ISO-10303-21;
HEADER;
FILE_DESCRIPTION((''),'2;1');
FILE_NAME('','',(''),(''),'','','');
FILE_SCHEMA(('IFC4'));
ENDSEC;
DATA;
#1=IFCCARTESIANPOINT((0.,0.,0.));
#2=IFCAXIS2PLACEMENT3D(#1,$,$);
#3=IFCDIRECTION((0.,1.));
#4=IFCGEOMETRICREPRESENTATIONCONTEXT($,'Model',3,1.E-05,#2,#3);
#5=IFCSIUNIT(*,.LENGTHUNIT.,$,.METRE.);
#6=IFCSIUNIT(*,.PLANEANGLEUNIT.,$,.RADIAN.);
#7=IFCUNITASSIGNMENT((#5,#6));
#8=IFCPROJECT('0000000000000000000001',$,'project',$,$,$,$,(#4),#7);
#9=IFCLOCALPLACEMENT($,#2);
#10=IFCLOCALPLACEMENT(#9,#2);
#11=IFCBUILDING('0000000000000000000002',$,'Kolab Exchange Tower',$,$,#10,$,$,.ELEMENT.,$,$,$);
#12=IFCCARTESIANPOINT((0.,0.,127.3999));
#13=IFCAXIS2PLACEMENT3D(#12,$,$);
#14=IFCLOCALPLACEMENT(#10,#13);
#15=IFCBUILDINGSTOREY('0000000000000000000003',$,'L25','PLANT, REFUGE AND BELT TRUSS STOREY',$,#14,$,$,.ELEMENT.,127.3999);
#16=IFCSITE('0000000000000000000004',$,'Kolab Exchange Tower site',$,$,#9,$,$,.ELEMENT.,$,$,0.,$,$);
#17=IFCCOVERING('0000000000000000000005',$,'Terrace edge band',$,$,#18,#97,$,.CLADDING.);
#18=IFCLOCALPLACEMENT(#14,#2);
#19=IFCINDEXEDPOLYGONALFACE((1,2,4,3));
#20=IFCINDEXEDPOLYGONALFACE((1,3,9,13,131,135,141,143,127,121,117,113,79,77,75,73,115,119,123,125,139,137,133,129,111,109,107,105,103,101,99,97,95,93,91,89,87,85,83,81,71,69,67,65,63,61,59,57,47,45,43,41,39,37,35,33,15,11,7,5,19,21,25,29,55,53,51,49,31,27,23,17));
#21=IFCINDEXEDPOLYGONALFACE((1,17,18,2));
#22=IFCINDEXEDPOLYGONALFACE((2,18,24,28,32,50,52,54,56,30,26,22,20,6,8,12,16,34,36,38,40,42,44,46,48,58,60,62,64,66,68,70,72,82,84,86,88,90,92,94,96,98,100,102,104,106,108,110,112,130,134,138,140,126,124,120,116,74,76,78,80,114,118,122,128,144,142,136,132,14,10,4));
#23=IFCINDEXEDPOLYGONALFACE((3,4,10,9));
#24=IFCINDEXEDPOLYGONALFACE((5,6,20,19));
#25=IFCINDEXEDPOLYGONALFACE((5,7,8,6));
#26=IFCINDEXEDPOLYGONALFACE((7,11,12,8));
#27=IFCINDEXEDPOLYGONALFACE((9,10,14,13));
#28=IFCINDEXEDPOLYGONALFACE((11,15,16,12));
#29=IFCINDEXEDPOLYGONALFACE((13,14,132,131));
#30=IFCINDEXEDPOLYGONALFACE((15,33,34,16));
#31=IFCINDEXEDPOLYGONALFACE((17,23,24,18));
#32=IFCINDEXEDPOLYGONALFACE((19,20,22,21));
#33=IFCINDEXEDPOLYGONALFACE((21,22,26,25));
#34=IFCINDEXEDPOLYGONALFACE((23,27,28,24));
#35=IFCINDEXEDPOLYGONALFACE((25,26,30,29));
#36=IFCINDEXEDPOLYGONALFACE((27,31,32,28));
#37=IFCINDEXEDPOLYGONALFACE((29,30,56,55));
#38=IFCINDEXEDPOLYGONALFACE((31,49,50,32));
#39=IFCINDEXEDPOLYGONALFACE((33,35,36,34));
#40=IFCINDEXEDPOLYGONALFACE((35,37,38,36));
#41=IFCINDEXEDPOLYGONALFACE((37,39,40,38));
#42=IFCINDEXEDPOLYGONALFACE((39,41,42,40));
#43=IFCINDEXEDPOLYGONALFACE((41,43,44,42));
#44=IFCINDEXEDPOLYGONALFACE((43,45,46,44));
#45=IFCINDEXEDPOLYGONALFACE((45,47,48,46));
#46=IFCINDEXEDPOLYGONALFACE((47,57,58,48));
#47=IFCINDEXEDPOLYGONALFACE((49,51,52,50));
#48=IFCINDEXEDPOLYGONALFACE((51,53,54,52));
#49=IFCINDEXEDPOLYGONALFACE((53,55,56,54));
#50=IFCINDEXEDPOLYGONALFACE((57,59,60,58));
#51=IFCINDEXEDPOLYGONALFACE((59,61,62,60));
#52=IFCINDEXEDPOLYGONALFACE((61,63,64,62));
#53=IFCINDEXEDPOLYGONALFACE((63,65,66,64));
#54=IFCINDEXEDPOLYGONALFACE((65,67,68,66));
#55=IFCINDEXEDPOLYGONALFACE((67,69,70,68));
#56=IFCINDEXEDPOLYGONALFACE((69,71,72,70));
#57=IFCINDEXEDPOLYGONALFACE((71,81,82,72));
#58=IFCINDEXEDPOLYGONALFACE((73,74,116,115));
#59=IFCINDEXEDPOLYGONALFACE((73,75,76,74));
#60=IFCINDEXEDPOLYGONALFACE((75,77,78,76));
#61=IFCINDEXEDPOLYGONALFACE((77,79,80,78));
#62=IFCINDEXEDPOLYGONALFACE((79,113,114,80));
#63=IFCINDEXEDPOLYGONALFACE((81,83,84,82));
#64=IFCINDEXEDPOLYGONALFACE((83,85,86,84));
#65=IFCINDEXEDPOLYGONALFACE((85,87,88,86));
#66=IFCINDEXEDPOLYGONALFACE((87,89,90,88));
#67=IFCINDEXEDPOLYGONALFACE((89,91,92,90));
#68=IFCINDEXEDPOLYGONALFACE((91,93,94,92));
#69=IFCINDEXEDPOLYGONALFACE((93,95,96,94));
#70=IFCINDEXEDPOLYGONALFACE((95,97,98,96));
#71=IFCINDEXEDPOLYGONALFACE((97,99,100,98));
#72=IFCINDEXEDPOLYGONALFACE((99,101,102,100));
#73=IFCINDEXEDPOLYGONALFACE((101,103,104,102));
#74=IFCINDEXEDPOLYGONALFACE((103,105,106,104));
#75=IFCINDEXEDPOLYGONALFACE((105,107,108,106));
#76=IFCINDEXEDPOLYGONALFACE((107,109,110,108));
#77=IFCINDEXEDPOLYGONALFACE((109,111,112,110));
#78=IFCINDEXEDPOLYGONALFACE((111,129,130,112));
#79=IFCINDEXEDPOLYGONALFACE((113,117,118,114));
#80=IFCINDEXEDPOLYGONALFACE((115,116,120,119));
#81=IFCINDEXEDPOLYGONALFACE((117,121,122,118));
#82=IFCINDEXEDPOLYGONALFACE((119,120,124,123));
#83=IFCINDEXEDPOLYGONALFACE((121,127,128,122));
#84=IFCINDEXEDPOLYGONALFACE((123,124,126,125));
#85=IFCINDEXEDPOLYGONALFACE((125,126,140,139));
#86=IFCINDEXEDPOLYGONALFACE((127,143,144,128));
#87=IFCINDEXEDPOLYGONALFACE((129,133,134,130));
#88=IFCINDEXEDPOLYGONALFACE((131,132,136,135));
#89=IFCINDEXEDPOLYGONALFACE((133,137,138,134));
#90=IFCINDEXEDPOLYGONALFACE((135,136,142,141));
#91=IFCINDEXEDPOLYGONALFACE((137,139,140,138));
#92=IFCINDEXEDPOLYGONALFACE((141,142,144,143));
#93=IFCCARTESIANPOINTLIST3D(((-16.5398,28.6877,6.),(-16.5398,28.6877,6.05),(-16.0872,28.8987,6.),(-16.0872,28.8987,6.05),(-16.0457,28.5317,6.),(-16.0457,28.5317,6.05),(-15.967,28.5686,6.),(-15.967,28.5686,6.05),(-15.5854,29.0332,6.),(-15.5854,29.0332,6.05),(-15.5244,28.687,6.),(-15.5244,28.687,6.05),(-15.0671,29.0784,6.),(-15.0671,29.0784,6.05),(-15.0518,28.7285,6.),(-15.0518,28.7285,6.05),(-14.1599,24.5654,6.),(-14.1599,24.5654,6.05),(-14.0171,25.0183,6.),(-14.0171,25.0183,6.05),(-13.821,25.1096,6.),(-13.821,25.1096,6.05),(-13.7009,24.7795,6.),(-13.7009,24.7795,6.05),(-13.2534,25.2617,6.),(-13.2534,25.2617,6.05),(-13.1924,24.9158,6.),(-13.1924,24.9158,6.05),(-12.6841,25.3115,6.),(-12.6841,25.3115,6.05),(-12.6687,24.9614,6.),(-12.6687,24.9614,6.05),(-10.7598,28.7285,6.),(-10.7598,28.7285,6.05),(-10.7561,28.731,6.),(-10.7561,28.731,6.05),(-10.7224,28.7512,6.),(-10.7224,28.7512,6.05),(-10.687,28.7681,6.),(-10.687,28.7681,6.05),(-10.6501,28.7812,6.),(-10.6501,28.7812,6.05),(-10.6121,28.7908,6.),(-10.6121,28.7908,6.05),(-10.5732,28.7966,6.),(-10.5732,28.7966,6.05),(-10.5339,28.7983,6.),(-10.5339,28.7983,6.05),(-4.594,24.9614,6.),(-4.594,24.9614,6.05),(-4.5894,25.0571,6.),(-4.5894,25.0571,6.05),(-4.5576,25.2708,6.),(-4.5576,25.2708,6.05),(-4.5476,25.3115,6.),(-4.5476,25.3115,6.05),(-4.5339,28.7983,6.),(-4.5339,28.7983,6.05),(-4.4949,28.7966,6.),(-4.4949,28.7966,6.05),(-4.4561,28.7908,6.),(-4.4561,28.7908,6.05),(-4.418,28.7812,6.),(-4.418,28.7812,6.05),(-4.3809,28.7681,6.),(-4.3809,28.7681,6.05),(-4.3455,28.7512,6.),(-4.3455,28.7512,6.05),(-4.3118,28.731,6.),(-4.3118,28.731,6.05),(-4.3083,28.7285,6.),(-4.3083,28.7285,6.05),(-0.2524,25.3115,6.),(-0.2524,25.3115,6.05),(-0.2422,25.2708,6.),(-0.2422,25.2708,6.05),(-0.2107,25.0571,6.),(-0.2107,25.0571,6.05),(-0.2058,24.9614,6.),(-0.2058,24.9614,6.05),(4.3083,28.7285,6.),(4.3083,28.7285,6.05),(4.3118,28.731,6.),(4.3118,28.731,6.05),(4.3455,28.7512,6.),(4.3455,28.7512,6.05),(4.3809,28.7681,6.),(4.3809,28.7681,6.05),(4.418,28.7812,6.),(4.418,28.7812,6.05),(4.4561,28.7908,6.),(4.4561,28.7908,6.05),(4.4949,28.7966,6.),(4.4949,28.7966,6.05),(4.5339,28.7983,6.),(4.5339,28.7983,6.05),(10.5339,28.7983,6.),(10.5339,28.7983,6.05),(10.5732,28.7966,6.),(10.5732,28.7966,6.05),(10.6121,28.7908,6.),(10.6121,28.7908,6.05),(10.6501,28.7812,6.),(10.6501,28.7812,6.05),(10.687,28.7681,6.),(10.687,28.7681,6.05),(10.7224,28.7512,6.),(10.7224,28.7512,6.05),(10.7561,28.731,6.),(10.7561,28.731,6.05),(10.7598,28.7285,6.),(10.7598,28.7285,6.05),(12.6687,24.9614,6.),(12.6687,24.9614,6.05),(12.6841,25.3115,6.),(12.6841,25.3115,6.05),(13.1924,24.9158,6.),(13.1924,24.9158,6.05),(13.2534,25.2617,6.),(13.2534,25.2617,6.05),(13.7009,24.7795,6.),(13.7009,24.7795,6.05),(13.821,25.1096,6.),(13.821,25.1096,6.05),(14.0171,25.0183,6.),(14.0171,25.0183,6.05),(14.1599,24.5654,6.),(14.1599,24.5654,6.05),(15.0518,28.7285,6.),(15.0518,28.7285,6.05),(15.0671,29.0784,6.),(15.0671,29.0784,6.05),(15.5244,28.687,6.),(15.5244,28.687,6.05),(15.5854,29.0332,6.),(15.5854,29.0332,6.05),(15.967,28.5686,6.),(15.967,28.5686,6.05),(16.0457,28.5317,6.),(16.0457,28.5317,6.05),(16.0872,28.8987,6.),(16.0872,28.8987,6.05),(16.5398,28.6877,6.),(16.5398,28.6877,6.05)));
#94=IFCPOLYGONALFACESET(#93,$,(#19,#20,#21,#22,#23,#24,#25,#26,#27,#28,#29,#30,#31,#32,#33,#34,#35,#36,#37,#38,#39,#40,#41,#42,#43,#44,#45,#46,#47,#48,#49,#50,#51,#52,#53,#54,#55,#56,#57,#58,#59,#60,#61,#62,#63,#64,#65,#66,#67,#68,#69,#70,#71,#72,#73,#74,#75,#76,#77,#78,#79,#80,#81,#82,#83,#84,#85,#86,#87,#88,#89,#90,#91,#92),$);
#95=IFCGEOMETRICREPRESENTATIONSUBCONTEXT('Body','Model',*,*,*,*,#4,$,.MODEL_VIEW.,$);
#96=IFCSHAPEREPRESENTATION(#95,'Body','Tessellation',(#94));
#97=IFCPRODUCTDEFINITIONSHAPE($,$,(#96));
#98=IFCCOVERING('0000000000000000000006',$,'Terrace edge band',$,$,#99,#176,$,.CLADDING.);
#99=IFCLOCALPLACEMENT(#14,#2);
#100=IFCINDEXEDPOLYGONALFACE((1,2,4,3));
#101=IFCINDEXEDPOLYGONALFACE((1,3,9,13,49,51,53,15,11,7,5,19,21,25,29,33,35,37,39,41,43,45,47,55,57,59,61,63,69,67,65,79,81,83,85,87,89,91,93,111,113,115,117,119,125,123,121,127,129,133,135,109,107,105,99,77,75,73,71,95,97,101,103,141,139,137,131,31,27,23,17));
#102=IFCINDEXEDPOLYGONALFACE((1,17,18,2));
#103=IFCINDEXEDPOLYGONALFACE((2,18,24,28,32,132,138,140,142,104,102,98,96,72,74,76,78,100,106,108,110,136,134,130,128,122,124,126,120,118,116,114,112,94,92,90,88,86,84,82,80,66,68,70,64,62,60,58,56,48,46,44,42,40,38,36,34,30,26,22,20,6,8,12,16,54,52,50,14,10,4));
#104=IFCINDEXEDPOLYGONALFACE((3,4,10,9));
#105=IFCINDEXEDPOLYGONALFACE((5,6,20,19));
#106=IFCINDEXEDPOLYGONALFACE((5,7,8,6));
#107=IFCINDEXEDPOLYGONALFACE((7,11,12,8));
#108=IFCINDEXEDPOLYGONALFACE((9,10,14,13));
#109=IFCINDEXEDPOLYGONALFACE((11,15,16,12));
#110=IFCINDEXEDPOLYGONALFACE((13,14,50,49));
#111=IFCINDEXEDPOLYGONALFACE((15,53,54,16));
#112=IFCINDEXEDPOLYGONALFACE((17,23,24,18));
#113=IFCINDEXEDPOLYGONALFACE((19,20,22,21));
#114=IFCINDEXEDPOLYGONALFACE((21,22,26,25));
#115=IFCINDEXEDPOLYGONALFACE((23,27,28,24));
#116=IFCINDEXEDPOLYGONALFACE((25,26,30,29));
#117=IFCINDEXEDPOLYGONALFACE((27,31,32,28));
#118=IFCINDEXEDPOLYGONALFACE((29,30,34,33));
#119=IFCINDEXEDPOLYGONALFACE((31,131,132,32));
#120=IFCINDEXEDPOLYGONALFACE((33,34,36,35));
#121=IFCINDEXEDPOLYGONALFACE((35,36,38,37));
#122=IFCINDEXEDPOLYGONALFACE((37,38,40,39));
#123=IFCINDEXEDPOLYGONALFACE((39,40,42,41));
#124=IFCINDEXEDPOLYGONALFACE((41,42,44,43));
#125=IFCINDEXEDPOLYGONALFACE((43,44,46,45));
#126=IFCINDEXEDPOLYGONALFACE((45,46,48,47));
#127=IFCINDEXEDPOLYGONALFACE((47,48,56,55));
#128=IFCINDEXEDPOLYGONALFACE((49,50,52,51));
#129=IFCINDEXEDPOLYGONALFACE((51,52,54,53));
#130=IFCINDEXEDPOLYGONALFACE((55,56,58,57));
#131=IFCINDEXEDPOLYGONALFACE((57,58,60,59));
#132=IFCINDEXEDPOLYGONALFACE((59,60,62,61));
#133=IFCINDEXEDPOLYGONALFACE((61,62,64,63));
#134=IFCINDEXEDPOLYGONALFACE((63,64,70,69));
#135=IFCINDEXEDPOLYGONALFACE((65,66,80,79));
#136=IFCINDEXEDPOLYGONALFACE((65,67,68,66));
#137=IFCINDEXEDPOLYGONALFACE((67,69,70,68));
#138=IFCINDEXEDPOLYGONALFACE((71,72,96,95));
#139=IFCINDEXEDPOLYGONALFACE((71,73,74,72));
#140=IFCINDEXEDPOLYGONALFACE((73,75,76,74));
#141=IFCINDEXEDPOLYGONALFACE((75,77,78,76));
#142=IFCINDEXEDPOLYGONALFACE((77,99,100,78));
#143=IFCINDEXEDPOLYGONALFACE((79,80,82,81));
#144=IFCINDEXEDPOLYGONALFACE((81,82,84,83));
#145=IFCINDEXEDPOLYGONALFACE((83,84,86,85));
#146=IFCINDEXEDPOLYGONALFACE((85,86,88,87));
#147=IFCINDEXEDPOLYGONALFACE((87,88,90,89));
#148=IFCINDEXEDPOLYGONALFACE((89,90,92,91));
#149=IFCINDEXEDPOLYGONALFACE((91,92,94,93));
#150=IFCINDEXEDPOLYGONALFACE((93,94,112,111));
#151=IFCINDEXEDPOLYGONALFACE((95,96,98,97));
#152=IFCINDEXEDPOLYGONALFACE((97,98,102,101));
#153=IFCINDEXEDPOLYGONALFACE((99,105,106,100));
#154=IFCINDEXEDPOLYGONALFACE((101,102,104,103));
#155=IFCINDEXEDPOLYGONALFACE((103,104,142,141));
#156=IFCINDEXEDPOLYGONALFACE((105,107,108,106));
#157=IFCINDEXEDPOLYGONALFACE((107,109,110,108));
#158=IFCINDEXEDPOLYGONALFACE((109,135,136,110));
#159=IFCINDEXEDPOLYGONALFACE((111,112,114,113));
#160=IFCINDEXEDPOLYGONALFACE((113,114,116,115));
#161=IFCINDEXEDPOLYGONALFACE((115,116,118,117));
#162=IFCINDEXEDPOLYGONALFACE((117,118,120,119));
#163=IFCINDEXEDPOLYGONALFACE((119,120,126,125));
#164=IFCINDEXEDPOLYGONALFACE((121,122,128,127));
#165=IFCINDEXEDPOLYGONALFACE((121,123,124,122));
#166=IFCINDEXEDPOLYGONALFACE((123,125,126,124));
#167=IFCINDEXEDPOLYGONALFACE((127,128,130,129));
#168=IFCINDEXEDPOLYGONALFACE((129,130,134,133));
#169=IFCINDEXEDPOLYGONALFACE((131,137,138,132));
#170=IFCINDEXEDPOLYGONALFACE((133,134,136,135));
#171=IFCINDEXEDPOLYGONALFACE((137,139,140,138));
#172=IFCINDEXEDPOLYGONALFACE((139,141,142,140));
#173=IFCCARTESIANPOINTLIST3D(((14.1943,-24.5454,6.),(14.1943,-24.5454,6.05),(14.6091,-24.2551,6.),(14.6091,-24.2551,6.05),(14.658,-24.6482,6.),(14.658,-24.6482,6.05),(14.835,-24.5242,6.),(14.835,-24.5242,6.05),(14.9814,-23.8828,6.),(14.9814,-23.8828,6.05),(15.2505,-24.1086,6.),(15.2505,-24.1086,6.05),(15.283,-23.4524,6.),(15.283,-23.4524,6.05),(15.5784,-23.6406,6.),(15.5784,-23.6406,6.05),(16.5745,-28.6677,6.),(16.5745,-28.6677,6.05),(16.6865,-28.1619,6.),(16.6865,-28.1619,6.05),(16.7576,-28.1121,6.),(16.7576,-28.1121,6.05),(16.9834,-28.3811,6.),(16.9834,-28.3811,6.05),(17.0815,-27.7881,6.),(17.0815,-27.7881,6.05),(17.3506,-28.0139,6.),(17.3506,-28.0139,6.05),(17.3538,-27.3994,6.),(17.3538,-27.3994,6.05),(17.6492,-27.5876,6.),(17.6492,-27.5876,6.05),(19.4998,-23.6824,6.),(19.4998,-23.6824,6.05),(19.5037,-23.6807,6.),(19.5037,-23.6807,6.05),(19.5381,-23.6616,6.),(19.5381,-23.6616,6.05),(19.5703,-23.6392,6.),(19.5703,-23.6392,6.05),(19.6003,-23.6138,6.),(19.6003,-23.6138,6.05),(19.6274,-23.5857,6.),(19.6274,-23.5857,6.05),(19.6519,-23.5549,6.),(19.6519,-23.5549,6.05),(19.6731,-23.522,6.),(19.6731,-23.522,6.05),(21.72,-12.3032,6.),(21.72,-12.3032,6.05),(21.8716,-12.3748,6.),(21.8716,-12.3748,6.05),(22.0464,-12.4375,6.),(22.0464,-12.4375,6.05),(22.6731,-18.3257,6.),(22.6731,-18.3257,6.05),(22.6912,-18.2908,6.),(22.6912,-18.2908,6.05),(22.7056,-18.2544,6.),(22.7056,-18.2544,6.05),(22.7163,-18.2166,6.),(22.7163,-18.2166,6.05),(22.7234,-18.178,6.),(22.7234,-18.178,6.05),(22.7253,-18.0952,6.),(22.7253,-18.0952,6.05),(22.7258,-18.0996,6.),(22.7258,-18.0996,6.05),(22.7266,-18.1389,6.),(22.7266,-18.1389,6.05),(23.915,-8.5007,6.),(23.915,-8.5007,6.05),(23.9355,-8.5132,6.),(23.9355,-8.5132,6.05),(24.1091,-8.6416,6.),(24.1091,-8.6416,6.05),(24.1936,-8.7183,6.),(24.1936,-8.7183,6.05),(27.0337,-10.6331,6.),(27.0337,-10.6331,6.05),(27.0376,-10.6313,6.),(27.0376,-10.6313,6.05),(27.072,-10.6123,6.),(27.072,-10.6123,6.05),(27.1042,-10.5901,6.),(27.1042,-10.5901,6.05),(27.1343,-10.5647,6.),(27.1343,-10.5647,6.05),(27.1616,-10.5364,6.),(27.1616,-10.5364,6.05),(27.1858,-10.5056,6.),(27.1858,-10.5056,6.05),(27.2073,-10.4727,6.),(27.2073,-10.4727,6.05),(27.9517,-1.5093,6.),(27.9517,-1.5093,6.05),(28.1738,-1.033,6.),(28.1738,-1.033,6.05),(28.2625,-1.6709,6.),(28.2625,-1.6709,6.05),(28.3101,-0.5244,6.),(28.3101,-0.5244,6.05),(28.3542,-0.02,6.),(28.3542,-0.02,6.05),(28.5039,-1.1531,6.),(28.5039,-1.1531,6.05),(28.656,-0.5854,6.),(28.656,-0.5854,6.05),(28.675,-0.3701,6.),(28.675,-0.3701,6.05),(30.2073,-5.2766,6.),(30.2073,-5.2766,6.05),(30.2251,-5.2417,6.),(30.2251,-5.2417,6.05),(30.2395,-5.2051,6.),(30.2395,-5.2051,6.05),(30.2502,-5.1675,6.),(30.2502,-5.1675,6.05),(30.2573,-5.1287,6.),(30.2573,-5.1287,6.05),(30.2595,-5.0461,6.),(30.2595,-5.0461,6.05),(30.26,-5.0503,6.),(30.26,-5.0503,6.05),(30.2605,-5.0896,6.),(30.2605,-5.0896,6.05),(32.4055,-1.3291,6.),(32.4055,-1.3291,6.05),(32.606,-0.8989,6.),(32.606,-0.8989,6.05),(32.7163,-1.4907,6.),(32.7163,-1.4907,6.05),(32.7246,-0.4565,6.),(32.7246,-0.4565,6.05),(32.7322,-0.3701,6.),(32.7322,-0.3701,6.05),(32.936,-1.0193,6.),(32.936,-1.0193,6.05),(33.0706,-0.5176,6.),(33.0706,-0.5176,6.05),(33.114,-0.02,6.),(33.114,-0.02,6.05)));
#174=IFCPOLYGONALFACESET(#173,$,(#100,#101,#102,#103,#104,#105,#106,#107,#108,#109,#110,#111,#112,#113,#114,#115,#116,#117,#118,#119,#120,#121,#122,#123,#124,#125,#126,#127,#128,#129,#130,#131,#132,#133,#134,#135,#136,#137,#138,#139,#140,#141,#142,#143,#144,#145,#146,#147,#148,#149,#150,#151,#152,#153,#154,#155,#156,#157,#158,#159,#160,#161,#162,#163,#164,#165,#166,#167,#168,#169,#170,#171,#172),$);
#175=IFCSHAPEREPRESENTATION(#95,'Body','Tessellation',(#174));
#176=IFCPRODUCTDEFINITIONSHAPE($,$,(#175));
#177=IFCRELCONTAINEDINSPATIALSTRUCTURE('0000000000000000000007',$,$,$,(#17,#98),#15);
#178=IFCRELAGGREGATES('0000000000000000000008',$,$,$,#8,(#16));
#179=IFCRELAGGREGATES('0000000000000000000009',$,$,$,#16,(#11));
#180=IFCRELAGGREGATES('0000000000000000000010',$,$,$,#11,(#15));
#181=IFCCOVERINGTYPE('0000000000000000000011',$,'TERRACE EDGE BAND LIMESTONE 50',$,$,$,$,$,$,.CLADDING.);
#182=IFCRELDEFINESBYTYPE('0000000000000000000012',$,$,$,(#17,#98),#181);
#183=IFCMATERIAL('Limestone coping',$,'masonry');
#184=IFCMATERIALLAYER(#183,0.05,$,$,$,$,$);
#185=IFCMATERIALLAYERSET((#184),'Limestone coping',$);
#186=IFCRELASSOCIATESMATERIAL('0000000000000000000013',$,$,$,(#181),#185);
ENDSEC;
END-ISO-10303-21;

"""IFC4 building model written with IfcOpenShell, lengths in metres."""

from ifc_helpers import new_model, si_unit, direction, frame, origin, place, context, subcontext, project, spatial, polyline, outline, extrude, material, layer, layer_set, type_object, element, save


model = new_model("IFC4")

# Units and contexts
model_context = context("Model", 3, precision=1e-05, world=origin(), true_north=direction((0.0, 1.0)))
body_context = subcontext(model_context, "Body", "Model", "MODEL_VIEW")
ifc_project = project(units=[si_unit("LENGTHUNIT", "METRE"), si_unit("PLANEANGLEUNIT", "RADIAN")], contexts=[model_context])

# Site, building, storey
site_placement = place(None, origin())
site = spatial("IfcSite", under=ifc_project, at=site_placement, Name="Kolab Exchange Tower site", CompositionType="ELEMENT", RefElevation=0.0)
building_placement = place(site_placement, origin())
building = spatial("IfcBuilding", under=site, at=building_placement, Name="Kolab Exchange Tower", CompositionType="ELEMENT")
storey_placement = place(building_placement, frame((0.0, 0.0, 127.3999)))
storey = spatial("IfcBuildingStorey", under=building, at=storey_placement, Name="L25", Description="PLANT, REFUGE AND BELT TRUSS STOREY", CompositionType="ELEMENT", Elevation=127.3999)

# Coverings
ifc_material_1 = material(Name="Limestone coping", Category="masonry")
ifc_layer_1 = layer(ifc_material_1, 0.05)
ifc_layer_set_1 = layer_set([ifc_layer_1], Name="Limestone coping")
covering_type_1 = type_object("IfcCoveringType", Name="TERRACE EDGE BAND LIMESTONE 50", PredefinedType="CLADDING", material=ifc_layer_set_1)
covering_1_placement = place(storey_placement, frame((0.0, 0.0, 6.0)))
element("IfcCovering", 1, at=covering_1_placement, inside=storey, type_object=covering_type_1, Name="Terrace edge band", PredefinedType="CLADDING", context=body_context, shape_type="SweptSolid", body=[
    extrude(outline(polyline([(-15.5854, 29.0332), (-15.0671, 29.0784), (15.0671, 29.0784), (15.5854, 29.0332), (16.0872, 28.8987), (16.5398, 28.6877), (14.1599, 24.5654), (13.7009, 24.7795), (13.1924, 24.9158), (12.6687, 24.9614), (-0.2058, 24.9614), (-0.2107, 25.0571), (-0.2422, 25.2708), (-0.2524, 25.3115), (12.6841, 25.3115), (13.2534, 25.2617), (13.821, 25.1096), (14.0171, 25.0183), (16.0457, 28.5317), (15.967, 28.5686), (15.5244, 28.687), (15.0518, 28.7285), (10.7598, 28.7285), (10.7561, 28.731), (10.7224, 28.7512), (10.687, 28.7681), (10.6501, 28.7812), (10.6121, 28.7908), (10.5732, 28.7966), (10.5339, 28.7983), (4.5339, 28.7983), (4.4949, 28.7966), (4.4561, 28.7908), (4.418, 28.7812), (4.3809, 28.7681), (4.3455, 28.7512), (4.3118, 28.731), (4.3083, 28.7285), (-4.3083, 28.7285), (-4.3118, 28.731), (-4.3455, 28.7512), (-4.3809, 28.7681), (-4.418, 28.7812), (-4.4561, 28.7908), (-4.4949, 28.7966), (-4.5339, 28.7983), (-10.5339, 28.7983), (-10.5732, 28.7966), (-10.6121, 28.7908), (-10.6501, 28.7812), (-10.687, 28.7681), (-10.7224, 28.7512), (-10.7561, 28.731), (-10.7598, 28.7285), (-15.0518, 28.7285), (-15.5244, 28.687), (-15.967, 28.5686), (-16.0457, 28.5317), (-14.0171, 25.0183), (-13.821, 25.1096), (-13.2534, 25.2617), (-12.6841, 25.3115), (-4.5476, 25.3115), (-4.5576, 25.2708), (-4.5894, 25.0571), (-4.594, 24.9614), (-12.6687, 24.9614), (-13.1924, 24.9158), (-13.7009, 24.7795), (-14.1599, 24.5654), (-16.5398, 28.6877), (-16.0872, 28.8987), (-15.5854, 29.0332)])), origin(), (0.0, 0.0, 1.0), 0.05),
])
covering_2_placement = place(storey_placement, frame((0.0, 0.0, 6.0)))
element("IfcCovering", 2, at=covering_2_placement, inside=storey, type_object=covering_type_1, Name="Terrace edge band", PredefinedType="CLADDING", context=body_context, shape_type="SweptSolid", body=[
    extrude(outline(polyline([(16.9834, -28.3811), (16.5745, -28.6677), (14.1943, -24.5454), (14.6091, -24.2551), (14.9814, -23.8828), (15.283, -23.4524), (21.72, -12.3032), (21.8716, -12.3748), (22.0464, -12.4375), (15.5784, -23.6406), (15.2505, -24.1086), (14.835, -24.5242), (14.658, -24.6482), (16.6865, -28.1619), (16.7576, -28.1121), (17.0815, -27.7881), (17.3538, -27.3994), (19.4998, -23.6824), (19.5037, -23.6807), (19.5381, -23.6616), (19.5703, -23.6392), (19.6003, -23.6138), (19.6274, -23.5857), (19.6519, -23.5549), (19.6731, -23.522), (22.6731, -18.3257), (22.6912, -18.2908), (22.7056, -18.2544), (22.7163, -18.2166), (22.7234, -18.178), (22.7266, -18.1389), (22.7258, -18.0996), (22.7253, -18.0952), (27.0337, -10.6331), (27.0376, -10.6313), (27.072, -10.6123), (27.1042, -10.5901), (27.1343, -10.5647), (27.1616, -10.5364), (27.1858, -10.5056), (27.2073, -10.4727), (30.2073, -5.2766), (30.2251, -5.2417), (30.2395, -5.2051), (30.2502, -5.1675), (30.2573, -5.1287), (30.2605, -5.0896), (30.26, -5.0503), (30.2595, -5.0461), (32.4055, -1.3291), (32.606, -0.8989), (32.7246, -0.4565), (32.7322, -0.3701), (28.675, -0.3701), (28.656, -0.5854), (28.5039, -1.1531), (28.2625, -1.6709), (24.1936, -8.7183), (24.1091, -8.6416), (23.9355, -8.5132), (23.915, -8.5007), (27.9517, -1.5093), (28.1738, -1.033), (28.3101, -0.5244), (28.3542, -0.02), (33.114, -0.02), (33.0706, -0.5176), (32.936, -1.0193), (32.7163, -1.4907), (17.6492, -27.5876), (17.3506, -28.0139), (16.9834, -28.3811)])), origin(), (0.0, 0.0, 1.0), 0.05),
])

save(model, "model.ifc")
